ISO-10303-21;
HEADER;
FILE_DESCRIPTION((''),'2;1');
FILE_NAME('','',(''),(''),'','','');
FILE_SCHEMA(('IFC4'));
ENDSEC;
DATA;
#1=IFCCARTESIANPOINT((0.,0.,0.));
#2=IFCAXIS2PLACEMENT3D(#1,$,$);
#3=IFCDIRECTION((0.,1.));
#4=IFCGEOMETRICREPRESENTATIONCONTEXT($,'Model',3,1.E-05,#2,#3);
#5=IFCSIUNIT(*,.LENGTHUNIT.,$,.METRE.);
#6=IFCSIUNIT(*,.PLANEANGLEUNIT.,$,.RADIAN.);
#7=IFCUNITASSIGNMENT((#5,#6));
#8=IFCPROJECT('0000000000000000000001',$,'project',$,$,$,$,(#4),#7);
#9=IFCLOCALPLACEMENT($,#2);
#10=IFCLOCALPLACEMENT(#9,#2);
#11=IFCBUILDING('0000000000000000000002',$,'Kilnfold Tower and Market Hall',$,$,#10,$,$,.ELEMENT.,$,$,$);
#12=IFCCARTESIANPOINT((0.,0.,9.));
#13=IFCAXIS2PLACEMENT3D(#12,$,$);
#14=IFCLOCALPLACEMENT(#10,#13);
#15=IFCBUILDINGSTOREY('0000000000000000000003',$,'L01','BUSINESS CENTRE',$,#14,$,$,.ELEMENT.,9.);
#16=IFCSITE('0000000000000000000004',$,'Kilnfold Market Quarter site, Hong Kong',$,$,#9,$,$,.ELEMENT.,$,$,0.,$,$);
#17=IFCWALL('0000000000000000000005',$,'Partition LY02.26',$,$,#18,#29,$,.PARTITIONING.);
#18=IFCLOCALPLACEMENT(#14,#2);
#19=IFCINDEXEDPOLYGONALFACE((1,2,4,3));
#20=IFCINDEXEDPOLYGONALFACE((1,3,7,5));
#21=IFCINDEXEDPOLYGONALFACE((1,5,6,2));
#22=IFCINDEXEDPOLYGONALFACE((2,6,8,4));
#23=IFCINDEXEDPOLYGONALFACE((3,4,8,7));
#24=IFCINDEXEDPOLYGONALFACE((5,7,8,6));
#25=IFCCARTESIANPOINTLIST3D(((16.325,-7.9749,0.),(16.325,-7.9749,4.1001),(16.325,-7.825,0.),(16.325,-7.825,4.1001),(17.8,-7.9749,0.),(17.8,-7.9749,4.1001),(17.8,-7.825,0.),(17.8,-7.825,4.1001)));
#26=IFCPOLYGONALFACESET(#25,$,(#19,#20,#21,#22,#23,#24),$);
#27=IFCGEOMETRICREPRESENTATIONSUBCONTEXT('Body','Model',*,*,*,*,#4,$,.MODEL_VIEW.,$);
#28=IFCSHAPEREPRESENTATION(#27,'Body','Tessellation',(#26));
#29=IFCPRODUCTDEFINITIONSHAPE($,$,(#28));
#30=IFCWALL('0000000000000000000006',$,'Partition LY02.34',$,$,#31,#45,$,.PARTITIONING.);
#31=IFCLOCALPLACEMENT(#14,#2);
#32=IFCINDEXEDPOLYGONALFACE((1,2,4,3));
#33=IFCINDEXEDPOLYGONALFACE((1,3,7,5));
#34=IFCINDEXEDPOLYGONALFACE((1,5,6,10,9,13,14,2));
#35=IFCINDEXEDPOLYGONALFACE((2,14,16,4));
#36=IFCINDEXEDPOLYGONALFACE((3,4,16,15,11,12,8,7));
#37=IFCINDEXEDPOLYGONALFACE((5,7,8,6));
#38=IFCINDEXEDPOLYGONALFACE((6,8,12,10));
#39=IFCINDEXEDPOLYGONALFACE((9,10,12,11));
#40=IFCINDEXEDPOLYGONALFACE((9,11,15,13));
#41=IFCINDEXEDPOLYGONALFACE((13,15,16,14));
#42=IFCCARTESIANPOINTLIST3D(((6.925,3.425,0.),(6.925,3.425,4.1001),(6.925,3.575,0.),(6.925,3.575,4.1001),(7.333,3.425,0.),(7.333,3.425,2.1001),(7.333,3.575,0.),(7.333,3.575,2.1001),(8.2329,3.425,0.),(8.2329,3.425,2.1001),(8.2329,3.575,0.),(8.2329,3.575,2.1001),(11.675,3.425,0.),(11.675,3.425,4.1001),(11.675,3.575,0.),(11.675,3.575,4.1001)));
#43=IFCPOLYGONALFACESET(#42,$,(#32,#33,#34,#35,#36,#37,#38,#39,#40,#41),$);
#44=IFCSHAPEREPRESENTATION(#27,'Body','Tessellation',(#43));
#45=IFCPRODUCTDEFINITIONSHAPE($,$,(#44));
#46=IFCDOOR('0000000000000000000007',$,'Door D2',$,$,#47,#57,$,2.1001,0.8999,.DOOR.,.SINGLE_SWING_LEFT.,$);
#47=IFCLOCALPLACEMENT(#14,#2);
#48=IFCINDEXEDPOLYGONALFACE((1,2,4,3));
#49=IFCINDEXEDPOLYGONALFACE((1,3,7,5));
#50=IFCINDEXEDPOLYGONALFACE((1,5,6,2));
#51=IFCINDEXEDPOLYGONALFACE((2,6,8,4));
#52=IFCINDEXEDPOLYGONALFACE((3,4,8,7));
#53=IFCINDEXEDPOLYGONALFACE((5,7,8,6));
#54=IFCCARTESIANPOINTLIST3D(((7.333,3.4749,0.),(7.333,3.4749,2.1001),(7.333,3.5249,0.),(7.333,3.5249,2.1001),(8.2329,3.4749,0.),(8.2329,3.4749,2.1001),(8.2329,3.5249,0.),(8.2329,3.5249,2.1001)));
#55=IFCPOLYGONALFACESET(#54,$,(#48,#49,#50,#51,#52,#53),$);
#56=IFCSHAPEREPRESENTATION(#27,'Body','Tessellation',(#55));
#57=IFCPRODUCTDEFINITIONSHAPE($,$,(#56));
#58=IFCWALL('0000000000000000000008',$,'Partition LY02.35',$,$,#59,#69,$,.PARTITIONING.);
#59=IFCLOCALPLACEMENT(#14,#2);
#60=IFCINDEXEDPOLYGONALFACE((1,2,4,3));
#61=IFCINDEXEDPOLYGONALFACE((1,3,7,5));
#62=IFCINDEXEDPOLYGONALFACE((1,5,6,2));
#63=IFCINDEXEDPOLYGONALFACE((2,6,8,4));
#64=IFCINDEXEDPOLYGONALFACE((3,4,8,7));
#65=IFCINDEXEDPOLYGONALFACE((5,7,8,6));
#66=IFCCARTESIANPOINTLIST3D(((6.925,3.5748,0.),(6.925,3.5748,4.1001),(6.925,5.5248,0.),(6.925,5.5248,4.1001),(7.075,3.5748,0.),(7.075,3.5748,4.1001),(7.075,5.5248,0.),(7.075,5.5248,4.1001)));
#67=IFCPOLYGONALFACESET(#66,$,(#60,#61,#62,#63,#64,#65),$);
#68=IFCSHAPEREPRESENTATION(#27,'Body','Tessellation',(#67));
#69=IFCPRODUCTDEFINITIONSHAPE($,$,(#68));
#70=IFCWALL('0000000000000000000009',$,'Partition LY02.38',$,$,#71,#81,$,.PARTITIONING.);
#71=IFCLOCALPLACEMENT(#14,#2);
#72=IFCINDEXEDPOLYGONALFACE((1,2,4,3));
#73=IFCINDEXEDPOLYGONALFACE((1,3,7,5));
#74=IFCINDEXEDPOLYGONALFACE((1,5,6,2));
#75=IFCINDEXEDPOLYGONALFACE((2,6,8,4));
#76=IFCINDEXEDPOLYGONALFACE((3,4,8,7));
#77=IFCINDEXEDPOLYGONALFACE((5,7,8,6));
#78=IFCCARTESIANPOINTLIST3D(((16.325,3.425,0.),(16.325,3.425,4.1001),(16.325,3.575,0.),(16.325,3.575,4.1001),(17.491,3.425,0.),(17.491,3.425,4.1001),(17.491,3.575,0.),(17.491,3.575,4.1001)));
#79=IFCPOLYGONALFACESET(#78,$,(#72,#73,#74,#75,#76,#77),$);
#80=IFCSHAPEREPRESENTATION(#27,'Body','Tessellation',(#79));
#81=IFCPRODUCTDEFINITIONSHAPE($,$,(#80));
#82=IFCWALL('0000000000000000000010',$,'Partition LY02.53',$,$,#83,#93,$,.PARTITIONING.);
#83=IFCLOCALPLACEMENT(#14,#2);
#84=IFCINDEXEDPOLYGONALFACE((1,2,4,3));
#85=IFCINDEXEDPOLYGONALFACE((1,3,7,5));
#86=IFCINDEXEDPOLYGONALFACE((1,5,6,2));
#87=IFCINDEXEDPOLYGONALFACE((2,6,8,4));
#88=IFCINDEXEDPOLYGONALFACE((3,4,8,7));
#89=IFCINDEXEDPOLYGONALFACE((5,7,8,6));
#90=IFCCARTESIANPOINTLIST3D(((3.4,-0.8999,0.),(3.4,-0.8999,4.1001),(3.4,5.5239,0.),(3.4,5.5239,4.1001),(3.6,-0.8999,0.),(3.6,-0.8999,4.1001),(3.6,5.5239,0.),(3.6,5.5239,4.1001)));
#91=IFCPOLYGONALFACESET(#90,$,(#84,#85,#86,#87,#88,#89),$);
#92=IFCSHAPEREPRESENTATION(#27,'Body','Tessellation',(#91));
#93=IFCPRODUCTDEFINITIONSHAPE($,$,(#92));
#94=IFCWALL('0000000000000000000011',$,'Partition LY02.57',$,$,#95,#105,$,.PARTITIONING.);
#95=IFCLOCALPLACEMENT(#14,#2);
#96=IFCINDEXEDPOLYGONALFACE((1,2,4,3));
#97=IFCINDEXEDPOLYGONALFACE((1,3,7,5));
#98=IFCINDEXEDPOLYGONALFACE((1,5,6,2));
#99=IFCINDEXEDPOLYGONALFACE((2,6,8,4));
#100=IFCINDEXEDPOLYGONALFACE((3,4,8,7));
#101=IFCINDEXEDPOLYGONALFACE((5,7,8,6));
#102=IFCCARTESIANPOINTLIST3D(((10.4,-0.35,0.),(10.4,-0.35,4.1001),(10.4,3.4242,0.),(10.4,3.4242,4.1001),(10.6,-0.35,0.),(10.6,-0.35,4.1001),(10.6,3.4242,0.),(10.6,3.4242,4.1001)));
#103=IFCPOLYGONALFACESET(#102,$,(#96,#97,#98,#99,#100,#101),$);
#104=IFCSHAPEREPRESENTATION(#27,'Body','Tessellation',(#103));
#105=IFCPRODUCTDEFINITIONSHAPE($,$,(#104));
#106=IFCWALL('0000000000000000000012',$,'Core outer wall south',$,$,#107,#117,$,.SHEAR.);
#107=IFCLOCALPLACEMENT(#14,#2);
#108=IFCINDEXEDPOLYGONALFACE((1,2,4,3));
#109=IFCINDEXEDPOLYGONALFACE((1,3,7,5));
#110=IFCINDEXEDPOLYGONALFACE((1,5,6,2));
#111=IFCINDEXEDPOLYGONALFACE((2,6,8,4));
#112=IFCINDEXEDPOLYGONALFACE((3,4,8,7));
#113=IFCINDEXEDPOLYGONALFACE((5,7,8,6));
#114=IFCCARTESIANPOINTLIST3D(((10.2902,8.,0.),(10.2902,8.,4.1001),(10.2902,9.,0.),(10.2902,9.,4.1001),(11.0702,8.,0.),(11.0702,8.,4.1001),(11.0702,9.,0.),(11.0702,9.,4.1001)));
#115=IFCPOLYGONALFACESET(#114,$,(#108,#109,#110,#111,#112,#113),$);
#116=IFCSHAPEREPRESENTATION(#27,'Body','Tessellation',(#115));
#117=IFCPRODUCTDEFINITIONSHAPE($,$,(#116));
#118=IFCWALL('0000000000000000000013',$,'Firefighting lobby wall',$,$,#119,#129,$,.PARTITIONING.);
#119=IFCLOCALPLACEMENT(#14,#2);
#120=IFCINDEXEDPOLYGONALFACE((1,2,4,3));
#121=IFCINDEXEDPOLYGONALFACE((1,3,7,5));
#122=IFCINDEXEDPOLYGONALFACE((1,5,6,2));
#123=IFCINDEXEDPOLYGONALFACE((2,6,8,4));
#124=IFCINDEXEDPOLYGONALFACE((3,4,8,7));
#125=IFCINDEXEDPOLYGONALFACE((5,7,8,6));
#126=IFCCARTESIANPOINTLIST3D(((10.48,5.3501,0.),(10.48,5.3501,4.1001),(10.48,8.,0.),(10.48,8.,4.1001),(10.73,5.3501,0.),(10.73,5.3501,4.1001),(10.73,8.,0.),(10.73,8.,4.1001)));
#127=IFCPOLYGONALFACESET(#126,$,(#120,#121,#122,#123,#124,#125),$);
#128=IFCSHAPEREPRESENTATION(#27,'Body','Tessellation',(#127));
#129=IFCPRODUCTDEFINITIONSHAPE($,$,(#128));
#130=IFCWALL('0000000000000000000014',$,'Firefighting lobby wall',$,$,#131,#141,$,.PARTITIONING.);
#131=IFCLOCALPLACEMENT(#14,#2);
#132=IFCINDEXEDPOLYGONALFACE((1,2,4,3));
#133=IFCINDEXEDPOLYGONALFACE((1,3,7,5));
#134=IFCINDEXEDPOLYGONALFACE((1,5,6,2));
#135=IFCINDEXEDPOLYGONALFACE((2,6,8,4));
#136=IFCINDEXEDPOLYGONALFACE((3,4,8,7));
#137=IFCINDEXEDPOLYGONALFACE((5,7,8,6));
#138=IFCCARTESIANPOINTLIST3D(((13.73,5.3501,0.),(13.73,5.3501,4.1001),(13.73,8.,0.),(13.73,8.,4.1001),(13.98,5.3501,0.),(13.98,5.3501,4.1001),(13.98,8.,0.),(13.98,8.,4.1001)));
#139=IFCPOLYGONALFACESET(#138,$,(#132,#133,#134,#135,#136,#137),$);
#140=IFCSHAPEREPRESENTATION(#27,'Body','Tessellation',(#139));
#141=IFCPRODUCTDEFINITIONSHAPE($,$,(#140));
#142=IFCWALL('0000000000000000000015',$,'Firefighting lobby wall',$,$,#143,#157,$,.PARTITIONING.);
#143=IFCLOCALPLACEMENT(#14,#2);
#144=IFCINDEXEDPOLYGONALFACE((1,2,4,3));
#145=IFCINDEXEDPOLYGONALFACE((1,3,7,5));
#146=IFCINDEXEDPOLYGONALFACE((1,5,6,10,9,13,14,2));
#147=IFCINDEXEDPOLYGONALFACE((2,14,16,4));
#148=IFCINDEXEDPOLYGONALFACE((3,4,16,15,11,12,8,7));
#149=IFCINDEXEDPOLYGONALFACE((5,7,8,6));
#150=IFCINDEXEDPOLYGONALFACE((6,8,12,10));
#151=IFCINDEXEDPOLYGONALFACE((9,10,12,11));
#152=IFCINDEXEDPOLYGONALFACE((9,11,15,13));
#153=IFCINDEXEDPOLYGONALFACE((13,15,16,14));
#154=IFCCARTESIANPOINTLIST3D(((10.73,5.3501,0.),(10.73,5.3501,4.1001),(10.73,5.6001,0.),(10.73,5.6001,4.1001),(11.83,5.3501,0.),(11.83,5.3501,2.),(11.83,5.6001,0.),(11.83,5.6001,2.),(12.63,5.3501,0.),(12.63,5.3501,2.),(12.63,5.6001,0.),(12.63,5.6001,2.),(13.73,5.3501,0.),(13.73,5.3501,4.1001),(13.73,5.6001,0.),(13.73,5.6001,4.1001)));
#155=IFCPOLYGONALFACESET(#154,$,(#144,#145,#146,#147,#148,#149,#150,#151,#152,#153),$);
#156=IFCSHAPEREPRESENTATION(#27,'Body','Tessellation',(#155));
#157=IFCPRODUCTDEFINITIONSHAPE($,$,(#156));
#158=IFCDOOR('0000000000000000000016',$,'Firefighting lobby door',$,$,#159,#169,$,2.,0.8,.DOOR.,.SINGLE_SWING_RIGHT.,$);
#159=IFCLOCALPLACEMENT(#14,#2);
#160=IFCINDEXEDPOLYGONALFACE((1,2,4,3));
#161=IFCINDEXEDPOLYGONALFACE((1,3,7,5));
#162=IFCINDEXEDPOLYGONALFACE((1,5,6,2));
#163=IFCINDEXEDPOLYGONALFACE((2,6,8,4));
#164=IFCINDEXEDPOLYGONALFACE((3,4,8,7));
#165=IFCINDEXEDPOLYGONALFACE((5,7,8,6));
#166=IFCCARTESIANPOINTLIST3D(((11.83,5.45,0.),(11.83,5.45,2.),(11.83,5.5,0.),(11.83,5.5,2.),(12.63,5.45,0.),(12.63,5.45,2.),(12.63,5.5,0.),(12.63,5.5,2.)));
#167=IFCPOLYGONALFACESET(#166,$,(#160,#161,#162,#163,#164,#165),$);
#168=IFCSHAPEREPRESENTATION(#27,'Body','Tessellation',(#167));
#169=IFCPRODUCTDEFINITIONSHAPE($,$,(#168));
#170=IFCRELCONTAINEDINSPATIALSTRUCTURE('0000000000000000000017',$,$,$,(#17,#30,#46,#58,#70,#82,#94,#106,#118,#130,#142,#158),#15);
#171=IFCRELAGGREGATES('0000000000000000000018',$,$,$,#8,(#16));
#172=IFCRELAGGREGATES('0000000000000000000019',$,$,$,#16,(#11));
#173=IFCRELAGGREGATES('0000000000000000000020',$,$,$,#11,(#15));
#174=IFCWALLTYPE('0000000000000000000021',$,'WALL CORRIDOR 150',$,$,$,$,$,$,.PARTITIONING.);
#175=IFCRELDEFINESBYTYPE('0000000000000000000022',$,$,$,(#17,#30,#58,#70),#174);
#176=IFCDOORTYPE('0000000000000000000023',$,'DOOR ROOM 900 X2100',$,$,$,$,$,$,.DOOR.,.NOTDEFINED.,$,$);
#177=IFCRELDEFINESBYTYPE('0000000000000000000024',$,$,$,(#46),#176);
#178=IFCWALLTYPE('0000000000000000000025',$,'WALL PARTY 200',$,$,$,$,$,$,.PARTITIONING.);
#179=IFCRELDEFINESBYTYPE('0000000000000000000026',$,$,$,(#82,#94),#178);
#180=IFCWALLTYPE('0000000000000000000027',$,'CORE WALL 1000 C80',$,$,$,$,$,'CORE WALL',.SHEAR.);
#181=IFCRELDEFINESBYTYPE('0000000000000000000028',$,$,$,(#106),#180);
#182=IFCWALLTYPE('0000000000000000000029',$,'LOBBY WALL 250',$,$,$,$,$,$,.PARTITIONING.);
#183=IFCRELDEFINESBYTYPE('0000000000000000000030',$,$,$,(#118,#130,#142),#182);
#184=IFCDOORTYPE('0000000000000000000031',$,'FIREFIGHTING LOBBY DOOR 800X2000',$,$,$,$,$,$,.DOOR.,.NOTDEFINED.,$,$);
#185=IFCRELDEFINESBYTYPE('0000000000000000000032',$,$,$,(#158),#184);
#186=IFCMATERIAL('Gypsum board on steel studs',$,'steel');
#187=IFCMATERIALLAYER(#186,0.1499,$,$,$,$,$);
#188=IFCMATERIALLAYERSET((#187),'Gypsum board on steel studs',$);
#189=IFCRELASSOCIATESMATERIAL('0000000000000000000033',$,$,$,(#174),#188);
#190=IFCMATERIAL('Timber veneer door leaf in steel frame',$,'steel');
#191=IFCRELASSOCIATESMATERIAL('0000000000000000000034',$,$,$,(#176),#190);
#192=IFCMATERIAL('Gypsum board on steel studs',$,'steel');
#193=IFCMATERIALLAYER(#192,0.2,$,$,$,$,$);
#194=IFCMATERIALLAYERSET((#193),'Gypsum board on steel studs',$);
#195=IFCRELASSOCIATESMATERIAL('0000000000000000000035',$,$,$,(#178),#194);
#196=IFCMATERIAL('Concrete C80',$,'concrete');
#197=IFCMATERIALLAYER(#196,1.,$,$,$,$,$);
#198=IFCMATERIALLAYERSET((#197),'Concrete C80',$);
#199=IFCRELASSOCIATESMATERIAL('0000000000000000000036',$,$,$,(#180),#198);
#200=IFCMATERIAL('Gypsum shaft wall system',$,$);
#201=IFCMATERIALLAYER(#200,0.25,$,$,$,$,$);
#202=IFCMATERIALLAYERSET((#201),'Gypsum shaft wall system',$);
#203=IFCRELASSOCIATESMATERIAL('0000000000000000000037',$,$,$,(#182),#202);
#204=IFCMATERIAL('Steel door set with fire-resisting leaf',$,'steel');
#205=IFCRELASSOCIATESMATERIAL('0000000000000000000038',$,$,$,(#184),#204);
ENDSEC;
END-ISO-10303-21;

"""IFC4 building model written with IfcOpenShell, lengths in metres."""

from ifc_helpers import new_model, si_unit, direction, frame, frame_2d, origin, place, context, subcontext, project, spatial, rectangle, extrude, source, transform, mapped, material, layer, layer_set, type_object, element, fill, save


model = new_model("IFC4")

# Units and contexts
model_context = context("Model", 3, precision=1e-05, world=origin(), true_north=direction((0.0, 1.0)))
body_context = subcontext(model_context, "Body", "Model", "MODEL_VIEW")
ifc_project = project(units=[si_unit("LENGTHUNIT", "METRE"), si_unit("PLANEANGLEUNIT", "RADIAN")], contexts=[model_context])

# Site, building, storey
site_placement = place(None, origin())
site = spatial("IfcSite", under=ifc_project, at=site_placement, Name="Kilnfold Market Quarter site, Hong Kong", CompositionType="ELEMENT", RefElevation=0.0)
building_placement = place(site_placement, origin())
building = spatial("IfcBuilding", under=site, at=building_placement, Name="Kilnfold Tower and Market Hall", CompositionType="ELEMENT")
storey_placement = place(building_placement, frame((0.0, 0.0, 9.0)))
storey = spatial("IfcBuildingStorey", under=building, at=storey_placement, Name="L01", Description="BUSINESS CENTRE", CompositionType="ELEMENT", Elevation=9.0)

# Shared definitions
ifc_material_1 = material(Name="Gypsum board on steel studs", Category="steel")
ifc_layer_1 = layer(ifc_material_1, 0.1499)
ifc_layer_set_1 = layer_set([ifc_layer_1], Name="Gypsum board on steel studs")
wall_type_1 = type_object("IfcWallType", Name="WALL CORRIDOR 150", PredefinedType="PARTITIONING", material=ifc_layer_set_1)
ifc_material_2 = material(Name="Timber veneer door leaf in steel frame", Category="steel")
door_type_1 = type_object("IfcDoorType", Name="DOOR ROOM 900 X2100", OperationType="NOTDEFINED", PredefinedType="DOOR", material=ifc_material_2)

# Wall
wall_1_placement = place(storey_placement, frame((16.325, -7.8999, 0.0), z_axis=(0.0, 0.0, 1.0), x_axis=(1.0, 0.0, 0.0)))
element("IfcWall", 1, at=wall_1_placement, inside=storey, type_object=wall_type_1, Name="Partition LY02.26", PredefinedType="PARTITIONING", context=body_context, shape_type="SweptSolid", body=[
    extrude(rectangle(XDim=1.4751, YDim=0.1499, at=frame_2d((0.7375, 0.0))), origin(), (0.0, 0.0, 1.0), 4.1001),
])

# Wall, opening, door
wall_2_placement = place(storey_placement, frame((6.925, 3.5, 0.0), z_axis=(0.0, 0.0, 1.0), x_axis=(1.0, 0.0, 0.0)))
wall_2 = element("IfcWall", 2, at=wall_2_placement, inside=storey, type_object=wall_type_1, Name="Partition LY02.34", PredefinedType="PARTITIONING", context=body_context, shape_type="SweptSolid", body=[
    extrude(rectangle(XDim=4.75, YDim=0.1499, at=frame_2d((2.375, 0.0))), origin(), (0.0, 0.0, 1.0), 4.1001),
])
opening_1_placement = place(wall_2_placement, frame((0.408, 0.0, 0.0)))
opening_1 = element("IfcOpeningElement", 3, at=opening_1_placement, cuts=wall_2, PredefinedType="OPENING", context=body_context, shape_type="SweptSolid", body=[
    extrude(rectangle(XDim=0.8999, YDim=2.1001, at=frame_2d((0.45, 1.05))), frame((0.0, 0.085, 0.0), z_axis=(0.0, -1.0, 0.0), x_axis=(1.0, 0.0, 0.0)), (0.0, 0.0, 1.0), 0.1699),
])
door_1_placement = place(opening_1_placement, origin())
door_1 = element("IfcDoor", 4, at=door_1_placement, inside=storey, type_object=door_type_1, Name="Door D2", OperationType="SINGLE_SWING_LEFT", OverallHeight=2.1001, OverallWidth=0.8999, PredefinedType="DOOR", context=body_context, shape_type="SweptSolid", body=[
    extrude(rectangle(XDim=0.8999, YDim=2.1001, at=frame_2d((0.45, 1.05))), frame((0.0, 0.0249, 0.0), z_axis=(0.0, -1.0, 0.0), x_axis=(1.0, 0.0, 0.0)), (0.0, 0.0, 1.0), 0.05),
])
fill(opening_1, door_1)

# Walls
wall_3_placement = place(storey_placement, frame((7.0, 5.5249, 0.0), z_axis=(0.0, 0.0, 1.0), x_axis=(0.0, -1.0, 0.0)))
element("IfcWall", 5, at=wall_3_placement, inside=storey, type_object=wall_type_1, Name="Partition LY02.35", PredefinedType="PARTITIONING", context=body_context, shape_type="SweptSolid", body=[
    extrude(rectangle(XDim=1.95, YDim=0.1499, at=frame_2d((0.9751, 0.0))), origin(), (0.0, 0.0, 1.0), 4.1001),
])
wall_4_placement = place(storey_placement, frame((16.325, 3.5, 0.0), z_axis=(0.0, 0.0, 1.0), x_axis=(1.0, 0.0, 0.0)))
element("IfcWall", 6, at=wall_4_placement, inside=storey, type_object=wall_type_1, Name="Partition LY02.38", PredefinedType="PARTITIONING", context=body_context, shape_type="SweptSolid", body=[
    extrude(rectangle(XDim=1.166, YDim=0.1499, at=frame_2d((0.583, 0.0))), origin(), (0.0, 0.0, 1.0), 4.1001),
])
ifc_material_3 = material(Name="Gypsum board on steel studs", Category="steel")
ifc_layer_2 = layer(ifc_material_3, 0.2)
ifc_layer_set_2 = layer_set([ifc_layer_2], Name="Gypsum board on steel studs")
wall_type_2 = type_object("IfcWallType", Name="WALL PARTY 200", PredefinedType="PARTITIONING", material=ifc_layer_set_2)
wall_5_placement = place(storey_placement, frame((3.5, -0.8999, 0.0), z_axis=(0.0, 0.0, 1.0), x_axis=(0.0, 1.0, 0.0)))
element("IfcWall", 7, at=wall_5_placement, inside=storey, type_object=wall_type_2, Name="Partition LY02.53", PredefinedType="PARTITIONING", context=body_context, shape_type="SweptSolid", body=[
    extrude(rectangle(XDim=6.4238, YDim=0.2, at=frame_2d((3.2119, 0.0))), origin(), (0.0, 0.0, 1.0), 4.1001),
])
wall_6_placement = place(storey_placement, frame((10.5, -0.3501, 0.0), z_axis=(0.0, 0.0, 1.0), x_axis=(0.0, 1.0, 0.0)))
element("IfcWall", 8, at=wall_6_placement, inside=storey, type_object=wall_type_2, Name="Partition LY02.57", PredefinedType="PARTITIONING", context=body_context, shape_type="SweptSolid", body=[
    extrude(rectangle(XDim=3.7742, YDim=0.2, at=frame_2d((1.8872, 0.0))), origin(), (0.0, 0.0, 1.0), 4.1001),
])
ifc_material_4 = material(Name="Concrete C80", Category="concrete")
ifc_layer_3 = layer(ifc_material_4, 1.0)
ifc_layer_set_3 = layer_set([ifc_layer_3], Name="Concrete C80")
wall_type_3 = type_object("IfcWallType", Name="CORE WALL 1000 C80", ElementType="CORE WALL", PredefinedType="SHEAR", material=ifc_layer_set_3)
shared_shape_1 = source(origin(), body_context, "Body", "SweptSolid", [
    extrude(rectangle(XDim=0.78, YDim=1.0, at=frame_2d((0.3901, 0.0))), origin(), (0.0, 0.0, 1.0), 4.1001),
])
wall_7_placement = place(storey_placement, frame((10.29, 8.5, 0.0), z_axis=(0.0, 0.0, 1.0), x_axis=(1.0, 0.0, 0.0)))
element("IfcWall", 9, at=wall_7_placement, inside=storey, type_object=wall_type_3, Name="Core outer wall south", PredefinedType="SHEAR", context=body_context, shape_type="MappedRepresentation", body=[
    mapped(shared_shape_1, transform((0.0, 0.0, 0.0))),
])
ifc_material_5 = material(Name="Gypsum shaft wall system")
ifc_layer_4 = layer(ifc_material_5, 0.25)
ifc_layer_set_4 = layer_set([ifc_layer_4], Name="Gypsum shaft wall system")
wall_type_4 = type_object("IfcWallType", Name="LOBBY WALL 250", PredefinedType="PARTITIONING", material=ifc_layer_set_4)
shared_shape_2 = source(origin(), body_context, "Body", "SweptSolid", [
    extrude(rectangle(XDim=2.6499, YDim=0.25, at=frame_2d((1.325, 0.0))), origin(), (0.0, 0.0, 1.0), 4.1001),
])
for number, where, z_axis, x_axis, name in (
    (10, (10.605, 5.3501, 0.0), (0.0, 0.0, 1.0), (0.0, 1.0, 0.0), "Firefighting lobby wall"),
    (11, (13.855, 5.3501, 0.0), (0.0, 0.0, 1.0), (0.0, 1.0, 0.0), "Firefighting lobby wall"),
):
    element("IfcWall", number, at=place(storey_placement, frame(where, z_axis=z_axis, x_axis=x_axis)), inside=storey, type_object=wall_type_4, Name=name, PredefinedType="PARTITIONING", context=body_context, shape_type="MappedRepresentation", body=[
        mapped(shared_shape_2, transform((0.0, 0.0, 0.0))),
    ])

# Wall, opening, door
shared_shape_3 = source(origin(), body_context, "Body", "SweptSolid", [
    extrude(rectangle(XDim=3.0, YDim=0.25, at=frame_2d((1.5, 0.0))), origin(), (0.0, 0.0, 1.0), 4.1001),
])
wall_8_placement = place(storey_placement, frame((10.73, 5.4751, 0.0), z_axis=(0.0, 0.0, 1.0), x_axis=(1.0, 0.0, 0.0)))
wall_8 = element("IfcWall", 12, at=wall_8_placement, inside=storey, type_object=wall_type_4, Name="Firefighting lobby wall", PredefinedType="PARTITIONING", context=body_context, shape_type="MappedRepresentation", body=[
    mapped(shared_shape_3, transform((0.0, 0.0, 0.0))),
])
opening_2_placement = place(wall_8_placement, frame((1.1001, 0.0, 0.0)))
opening_2 = element("IfcOpeningElement", 13, at=opening_2_placement, cuts=wall_8, PredefinedType="OPENING", context=body_context, shape_type="SweptSolid", body=[
    extrude(rectangle(XDim=0.8, YDim=2.0, at=frame_2d((0.3999, 1.0))), frame((0.0, 0.135, 0.0), z_axis=(0.0, -1.0, 0.0), x_axis=(1.0, 0.0, 0.0)), (0.0, 0.0, 1.0), 0.27),
])
ifc_material_6 = material(Name="Steel door set with fire-resisting leaf", Category="steel")
door_type_2 = type_object("IfcDoorType", Name="FIREFIGHTING LOBBY DOOR 800X2000", OperationType="NOTDEFINED", PredefinedType="DOOR", material=ifc_material_6)
door_2_placement = place(opening_2_placement, origin())
door_2 = element("IfcDoor", 14, at=door_2_placement, inside=storey, type_object=door_type_2, Name="Firefighting lobby door", OperationType="SINGLE_SWING_RIGHT", OverallHeight=2.0, OverallWidth=0.8, PredefinedType="DOOR", context=body_context, shape_type="SweptSolid", body=[
    extrude(rectangle(XDim=0.8, YDim=2.0, at=frame_2d((0.3999, 1.0))), frame((0.0, 0.0249, 0.0), z_axis=(0.0, -1.0, 0.0), x_axis=(1.0, 0.0, 0.0)), (0.0, 0.0, 1.0), 0.05),
])
fill(opening_2, door_2)

save(model, "model.ifc")
